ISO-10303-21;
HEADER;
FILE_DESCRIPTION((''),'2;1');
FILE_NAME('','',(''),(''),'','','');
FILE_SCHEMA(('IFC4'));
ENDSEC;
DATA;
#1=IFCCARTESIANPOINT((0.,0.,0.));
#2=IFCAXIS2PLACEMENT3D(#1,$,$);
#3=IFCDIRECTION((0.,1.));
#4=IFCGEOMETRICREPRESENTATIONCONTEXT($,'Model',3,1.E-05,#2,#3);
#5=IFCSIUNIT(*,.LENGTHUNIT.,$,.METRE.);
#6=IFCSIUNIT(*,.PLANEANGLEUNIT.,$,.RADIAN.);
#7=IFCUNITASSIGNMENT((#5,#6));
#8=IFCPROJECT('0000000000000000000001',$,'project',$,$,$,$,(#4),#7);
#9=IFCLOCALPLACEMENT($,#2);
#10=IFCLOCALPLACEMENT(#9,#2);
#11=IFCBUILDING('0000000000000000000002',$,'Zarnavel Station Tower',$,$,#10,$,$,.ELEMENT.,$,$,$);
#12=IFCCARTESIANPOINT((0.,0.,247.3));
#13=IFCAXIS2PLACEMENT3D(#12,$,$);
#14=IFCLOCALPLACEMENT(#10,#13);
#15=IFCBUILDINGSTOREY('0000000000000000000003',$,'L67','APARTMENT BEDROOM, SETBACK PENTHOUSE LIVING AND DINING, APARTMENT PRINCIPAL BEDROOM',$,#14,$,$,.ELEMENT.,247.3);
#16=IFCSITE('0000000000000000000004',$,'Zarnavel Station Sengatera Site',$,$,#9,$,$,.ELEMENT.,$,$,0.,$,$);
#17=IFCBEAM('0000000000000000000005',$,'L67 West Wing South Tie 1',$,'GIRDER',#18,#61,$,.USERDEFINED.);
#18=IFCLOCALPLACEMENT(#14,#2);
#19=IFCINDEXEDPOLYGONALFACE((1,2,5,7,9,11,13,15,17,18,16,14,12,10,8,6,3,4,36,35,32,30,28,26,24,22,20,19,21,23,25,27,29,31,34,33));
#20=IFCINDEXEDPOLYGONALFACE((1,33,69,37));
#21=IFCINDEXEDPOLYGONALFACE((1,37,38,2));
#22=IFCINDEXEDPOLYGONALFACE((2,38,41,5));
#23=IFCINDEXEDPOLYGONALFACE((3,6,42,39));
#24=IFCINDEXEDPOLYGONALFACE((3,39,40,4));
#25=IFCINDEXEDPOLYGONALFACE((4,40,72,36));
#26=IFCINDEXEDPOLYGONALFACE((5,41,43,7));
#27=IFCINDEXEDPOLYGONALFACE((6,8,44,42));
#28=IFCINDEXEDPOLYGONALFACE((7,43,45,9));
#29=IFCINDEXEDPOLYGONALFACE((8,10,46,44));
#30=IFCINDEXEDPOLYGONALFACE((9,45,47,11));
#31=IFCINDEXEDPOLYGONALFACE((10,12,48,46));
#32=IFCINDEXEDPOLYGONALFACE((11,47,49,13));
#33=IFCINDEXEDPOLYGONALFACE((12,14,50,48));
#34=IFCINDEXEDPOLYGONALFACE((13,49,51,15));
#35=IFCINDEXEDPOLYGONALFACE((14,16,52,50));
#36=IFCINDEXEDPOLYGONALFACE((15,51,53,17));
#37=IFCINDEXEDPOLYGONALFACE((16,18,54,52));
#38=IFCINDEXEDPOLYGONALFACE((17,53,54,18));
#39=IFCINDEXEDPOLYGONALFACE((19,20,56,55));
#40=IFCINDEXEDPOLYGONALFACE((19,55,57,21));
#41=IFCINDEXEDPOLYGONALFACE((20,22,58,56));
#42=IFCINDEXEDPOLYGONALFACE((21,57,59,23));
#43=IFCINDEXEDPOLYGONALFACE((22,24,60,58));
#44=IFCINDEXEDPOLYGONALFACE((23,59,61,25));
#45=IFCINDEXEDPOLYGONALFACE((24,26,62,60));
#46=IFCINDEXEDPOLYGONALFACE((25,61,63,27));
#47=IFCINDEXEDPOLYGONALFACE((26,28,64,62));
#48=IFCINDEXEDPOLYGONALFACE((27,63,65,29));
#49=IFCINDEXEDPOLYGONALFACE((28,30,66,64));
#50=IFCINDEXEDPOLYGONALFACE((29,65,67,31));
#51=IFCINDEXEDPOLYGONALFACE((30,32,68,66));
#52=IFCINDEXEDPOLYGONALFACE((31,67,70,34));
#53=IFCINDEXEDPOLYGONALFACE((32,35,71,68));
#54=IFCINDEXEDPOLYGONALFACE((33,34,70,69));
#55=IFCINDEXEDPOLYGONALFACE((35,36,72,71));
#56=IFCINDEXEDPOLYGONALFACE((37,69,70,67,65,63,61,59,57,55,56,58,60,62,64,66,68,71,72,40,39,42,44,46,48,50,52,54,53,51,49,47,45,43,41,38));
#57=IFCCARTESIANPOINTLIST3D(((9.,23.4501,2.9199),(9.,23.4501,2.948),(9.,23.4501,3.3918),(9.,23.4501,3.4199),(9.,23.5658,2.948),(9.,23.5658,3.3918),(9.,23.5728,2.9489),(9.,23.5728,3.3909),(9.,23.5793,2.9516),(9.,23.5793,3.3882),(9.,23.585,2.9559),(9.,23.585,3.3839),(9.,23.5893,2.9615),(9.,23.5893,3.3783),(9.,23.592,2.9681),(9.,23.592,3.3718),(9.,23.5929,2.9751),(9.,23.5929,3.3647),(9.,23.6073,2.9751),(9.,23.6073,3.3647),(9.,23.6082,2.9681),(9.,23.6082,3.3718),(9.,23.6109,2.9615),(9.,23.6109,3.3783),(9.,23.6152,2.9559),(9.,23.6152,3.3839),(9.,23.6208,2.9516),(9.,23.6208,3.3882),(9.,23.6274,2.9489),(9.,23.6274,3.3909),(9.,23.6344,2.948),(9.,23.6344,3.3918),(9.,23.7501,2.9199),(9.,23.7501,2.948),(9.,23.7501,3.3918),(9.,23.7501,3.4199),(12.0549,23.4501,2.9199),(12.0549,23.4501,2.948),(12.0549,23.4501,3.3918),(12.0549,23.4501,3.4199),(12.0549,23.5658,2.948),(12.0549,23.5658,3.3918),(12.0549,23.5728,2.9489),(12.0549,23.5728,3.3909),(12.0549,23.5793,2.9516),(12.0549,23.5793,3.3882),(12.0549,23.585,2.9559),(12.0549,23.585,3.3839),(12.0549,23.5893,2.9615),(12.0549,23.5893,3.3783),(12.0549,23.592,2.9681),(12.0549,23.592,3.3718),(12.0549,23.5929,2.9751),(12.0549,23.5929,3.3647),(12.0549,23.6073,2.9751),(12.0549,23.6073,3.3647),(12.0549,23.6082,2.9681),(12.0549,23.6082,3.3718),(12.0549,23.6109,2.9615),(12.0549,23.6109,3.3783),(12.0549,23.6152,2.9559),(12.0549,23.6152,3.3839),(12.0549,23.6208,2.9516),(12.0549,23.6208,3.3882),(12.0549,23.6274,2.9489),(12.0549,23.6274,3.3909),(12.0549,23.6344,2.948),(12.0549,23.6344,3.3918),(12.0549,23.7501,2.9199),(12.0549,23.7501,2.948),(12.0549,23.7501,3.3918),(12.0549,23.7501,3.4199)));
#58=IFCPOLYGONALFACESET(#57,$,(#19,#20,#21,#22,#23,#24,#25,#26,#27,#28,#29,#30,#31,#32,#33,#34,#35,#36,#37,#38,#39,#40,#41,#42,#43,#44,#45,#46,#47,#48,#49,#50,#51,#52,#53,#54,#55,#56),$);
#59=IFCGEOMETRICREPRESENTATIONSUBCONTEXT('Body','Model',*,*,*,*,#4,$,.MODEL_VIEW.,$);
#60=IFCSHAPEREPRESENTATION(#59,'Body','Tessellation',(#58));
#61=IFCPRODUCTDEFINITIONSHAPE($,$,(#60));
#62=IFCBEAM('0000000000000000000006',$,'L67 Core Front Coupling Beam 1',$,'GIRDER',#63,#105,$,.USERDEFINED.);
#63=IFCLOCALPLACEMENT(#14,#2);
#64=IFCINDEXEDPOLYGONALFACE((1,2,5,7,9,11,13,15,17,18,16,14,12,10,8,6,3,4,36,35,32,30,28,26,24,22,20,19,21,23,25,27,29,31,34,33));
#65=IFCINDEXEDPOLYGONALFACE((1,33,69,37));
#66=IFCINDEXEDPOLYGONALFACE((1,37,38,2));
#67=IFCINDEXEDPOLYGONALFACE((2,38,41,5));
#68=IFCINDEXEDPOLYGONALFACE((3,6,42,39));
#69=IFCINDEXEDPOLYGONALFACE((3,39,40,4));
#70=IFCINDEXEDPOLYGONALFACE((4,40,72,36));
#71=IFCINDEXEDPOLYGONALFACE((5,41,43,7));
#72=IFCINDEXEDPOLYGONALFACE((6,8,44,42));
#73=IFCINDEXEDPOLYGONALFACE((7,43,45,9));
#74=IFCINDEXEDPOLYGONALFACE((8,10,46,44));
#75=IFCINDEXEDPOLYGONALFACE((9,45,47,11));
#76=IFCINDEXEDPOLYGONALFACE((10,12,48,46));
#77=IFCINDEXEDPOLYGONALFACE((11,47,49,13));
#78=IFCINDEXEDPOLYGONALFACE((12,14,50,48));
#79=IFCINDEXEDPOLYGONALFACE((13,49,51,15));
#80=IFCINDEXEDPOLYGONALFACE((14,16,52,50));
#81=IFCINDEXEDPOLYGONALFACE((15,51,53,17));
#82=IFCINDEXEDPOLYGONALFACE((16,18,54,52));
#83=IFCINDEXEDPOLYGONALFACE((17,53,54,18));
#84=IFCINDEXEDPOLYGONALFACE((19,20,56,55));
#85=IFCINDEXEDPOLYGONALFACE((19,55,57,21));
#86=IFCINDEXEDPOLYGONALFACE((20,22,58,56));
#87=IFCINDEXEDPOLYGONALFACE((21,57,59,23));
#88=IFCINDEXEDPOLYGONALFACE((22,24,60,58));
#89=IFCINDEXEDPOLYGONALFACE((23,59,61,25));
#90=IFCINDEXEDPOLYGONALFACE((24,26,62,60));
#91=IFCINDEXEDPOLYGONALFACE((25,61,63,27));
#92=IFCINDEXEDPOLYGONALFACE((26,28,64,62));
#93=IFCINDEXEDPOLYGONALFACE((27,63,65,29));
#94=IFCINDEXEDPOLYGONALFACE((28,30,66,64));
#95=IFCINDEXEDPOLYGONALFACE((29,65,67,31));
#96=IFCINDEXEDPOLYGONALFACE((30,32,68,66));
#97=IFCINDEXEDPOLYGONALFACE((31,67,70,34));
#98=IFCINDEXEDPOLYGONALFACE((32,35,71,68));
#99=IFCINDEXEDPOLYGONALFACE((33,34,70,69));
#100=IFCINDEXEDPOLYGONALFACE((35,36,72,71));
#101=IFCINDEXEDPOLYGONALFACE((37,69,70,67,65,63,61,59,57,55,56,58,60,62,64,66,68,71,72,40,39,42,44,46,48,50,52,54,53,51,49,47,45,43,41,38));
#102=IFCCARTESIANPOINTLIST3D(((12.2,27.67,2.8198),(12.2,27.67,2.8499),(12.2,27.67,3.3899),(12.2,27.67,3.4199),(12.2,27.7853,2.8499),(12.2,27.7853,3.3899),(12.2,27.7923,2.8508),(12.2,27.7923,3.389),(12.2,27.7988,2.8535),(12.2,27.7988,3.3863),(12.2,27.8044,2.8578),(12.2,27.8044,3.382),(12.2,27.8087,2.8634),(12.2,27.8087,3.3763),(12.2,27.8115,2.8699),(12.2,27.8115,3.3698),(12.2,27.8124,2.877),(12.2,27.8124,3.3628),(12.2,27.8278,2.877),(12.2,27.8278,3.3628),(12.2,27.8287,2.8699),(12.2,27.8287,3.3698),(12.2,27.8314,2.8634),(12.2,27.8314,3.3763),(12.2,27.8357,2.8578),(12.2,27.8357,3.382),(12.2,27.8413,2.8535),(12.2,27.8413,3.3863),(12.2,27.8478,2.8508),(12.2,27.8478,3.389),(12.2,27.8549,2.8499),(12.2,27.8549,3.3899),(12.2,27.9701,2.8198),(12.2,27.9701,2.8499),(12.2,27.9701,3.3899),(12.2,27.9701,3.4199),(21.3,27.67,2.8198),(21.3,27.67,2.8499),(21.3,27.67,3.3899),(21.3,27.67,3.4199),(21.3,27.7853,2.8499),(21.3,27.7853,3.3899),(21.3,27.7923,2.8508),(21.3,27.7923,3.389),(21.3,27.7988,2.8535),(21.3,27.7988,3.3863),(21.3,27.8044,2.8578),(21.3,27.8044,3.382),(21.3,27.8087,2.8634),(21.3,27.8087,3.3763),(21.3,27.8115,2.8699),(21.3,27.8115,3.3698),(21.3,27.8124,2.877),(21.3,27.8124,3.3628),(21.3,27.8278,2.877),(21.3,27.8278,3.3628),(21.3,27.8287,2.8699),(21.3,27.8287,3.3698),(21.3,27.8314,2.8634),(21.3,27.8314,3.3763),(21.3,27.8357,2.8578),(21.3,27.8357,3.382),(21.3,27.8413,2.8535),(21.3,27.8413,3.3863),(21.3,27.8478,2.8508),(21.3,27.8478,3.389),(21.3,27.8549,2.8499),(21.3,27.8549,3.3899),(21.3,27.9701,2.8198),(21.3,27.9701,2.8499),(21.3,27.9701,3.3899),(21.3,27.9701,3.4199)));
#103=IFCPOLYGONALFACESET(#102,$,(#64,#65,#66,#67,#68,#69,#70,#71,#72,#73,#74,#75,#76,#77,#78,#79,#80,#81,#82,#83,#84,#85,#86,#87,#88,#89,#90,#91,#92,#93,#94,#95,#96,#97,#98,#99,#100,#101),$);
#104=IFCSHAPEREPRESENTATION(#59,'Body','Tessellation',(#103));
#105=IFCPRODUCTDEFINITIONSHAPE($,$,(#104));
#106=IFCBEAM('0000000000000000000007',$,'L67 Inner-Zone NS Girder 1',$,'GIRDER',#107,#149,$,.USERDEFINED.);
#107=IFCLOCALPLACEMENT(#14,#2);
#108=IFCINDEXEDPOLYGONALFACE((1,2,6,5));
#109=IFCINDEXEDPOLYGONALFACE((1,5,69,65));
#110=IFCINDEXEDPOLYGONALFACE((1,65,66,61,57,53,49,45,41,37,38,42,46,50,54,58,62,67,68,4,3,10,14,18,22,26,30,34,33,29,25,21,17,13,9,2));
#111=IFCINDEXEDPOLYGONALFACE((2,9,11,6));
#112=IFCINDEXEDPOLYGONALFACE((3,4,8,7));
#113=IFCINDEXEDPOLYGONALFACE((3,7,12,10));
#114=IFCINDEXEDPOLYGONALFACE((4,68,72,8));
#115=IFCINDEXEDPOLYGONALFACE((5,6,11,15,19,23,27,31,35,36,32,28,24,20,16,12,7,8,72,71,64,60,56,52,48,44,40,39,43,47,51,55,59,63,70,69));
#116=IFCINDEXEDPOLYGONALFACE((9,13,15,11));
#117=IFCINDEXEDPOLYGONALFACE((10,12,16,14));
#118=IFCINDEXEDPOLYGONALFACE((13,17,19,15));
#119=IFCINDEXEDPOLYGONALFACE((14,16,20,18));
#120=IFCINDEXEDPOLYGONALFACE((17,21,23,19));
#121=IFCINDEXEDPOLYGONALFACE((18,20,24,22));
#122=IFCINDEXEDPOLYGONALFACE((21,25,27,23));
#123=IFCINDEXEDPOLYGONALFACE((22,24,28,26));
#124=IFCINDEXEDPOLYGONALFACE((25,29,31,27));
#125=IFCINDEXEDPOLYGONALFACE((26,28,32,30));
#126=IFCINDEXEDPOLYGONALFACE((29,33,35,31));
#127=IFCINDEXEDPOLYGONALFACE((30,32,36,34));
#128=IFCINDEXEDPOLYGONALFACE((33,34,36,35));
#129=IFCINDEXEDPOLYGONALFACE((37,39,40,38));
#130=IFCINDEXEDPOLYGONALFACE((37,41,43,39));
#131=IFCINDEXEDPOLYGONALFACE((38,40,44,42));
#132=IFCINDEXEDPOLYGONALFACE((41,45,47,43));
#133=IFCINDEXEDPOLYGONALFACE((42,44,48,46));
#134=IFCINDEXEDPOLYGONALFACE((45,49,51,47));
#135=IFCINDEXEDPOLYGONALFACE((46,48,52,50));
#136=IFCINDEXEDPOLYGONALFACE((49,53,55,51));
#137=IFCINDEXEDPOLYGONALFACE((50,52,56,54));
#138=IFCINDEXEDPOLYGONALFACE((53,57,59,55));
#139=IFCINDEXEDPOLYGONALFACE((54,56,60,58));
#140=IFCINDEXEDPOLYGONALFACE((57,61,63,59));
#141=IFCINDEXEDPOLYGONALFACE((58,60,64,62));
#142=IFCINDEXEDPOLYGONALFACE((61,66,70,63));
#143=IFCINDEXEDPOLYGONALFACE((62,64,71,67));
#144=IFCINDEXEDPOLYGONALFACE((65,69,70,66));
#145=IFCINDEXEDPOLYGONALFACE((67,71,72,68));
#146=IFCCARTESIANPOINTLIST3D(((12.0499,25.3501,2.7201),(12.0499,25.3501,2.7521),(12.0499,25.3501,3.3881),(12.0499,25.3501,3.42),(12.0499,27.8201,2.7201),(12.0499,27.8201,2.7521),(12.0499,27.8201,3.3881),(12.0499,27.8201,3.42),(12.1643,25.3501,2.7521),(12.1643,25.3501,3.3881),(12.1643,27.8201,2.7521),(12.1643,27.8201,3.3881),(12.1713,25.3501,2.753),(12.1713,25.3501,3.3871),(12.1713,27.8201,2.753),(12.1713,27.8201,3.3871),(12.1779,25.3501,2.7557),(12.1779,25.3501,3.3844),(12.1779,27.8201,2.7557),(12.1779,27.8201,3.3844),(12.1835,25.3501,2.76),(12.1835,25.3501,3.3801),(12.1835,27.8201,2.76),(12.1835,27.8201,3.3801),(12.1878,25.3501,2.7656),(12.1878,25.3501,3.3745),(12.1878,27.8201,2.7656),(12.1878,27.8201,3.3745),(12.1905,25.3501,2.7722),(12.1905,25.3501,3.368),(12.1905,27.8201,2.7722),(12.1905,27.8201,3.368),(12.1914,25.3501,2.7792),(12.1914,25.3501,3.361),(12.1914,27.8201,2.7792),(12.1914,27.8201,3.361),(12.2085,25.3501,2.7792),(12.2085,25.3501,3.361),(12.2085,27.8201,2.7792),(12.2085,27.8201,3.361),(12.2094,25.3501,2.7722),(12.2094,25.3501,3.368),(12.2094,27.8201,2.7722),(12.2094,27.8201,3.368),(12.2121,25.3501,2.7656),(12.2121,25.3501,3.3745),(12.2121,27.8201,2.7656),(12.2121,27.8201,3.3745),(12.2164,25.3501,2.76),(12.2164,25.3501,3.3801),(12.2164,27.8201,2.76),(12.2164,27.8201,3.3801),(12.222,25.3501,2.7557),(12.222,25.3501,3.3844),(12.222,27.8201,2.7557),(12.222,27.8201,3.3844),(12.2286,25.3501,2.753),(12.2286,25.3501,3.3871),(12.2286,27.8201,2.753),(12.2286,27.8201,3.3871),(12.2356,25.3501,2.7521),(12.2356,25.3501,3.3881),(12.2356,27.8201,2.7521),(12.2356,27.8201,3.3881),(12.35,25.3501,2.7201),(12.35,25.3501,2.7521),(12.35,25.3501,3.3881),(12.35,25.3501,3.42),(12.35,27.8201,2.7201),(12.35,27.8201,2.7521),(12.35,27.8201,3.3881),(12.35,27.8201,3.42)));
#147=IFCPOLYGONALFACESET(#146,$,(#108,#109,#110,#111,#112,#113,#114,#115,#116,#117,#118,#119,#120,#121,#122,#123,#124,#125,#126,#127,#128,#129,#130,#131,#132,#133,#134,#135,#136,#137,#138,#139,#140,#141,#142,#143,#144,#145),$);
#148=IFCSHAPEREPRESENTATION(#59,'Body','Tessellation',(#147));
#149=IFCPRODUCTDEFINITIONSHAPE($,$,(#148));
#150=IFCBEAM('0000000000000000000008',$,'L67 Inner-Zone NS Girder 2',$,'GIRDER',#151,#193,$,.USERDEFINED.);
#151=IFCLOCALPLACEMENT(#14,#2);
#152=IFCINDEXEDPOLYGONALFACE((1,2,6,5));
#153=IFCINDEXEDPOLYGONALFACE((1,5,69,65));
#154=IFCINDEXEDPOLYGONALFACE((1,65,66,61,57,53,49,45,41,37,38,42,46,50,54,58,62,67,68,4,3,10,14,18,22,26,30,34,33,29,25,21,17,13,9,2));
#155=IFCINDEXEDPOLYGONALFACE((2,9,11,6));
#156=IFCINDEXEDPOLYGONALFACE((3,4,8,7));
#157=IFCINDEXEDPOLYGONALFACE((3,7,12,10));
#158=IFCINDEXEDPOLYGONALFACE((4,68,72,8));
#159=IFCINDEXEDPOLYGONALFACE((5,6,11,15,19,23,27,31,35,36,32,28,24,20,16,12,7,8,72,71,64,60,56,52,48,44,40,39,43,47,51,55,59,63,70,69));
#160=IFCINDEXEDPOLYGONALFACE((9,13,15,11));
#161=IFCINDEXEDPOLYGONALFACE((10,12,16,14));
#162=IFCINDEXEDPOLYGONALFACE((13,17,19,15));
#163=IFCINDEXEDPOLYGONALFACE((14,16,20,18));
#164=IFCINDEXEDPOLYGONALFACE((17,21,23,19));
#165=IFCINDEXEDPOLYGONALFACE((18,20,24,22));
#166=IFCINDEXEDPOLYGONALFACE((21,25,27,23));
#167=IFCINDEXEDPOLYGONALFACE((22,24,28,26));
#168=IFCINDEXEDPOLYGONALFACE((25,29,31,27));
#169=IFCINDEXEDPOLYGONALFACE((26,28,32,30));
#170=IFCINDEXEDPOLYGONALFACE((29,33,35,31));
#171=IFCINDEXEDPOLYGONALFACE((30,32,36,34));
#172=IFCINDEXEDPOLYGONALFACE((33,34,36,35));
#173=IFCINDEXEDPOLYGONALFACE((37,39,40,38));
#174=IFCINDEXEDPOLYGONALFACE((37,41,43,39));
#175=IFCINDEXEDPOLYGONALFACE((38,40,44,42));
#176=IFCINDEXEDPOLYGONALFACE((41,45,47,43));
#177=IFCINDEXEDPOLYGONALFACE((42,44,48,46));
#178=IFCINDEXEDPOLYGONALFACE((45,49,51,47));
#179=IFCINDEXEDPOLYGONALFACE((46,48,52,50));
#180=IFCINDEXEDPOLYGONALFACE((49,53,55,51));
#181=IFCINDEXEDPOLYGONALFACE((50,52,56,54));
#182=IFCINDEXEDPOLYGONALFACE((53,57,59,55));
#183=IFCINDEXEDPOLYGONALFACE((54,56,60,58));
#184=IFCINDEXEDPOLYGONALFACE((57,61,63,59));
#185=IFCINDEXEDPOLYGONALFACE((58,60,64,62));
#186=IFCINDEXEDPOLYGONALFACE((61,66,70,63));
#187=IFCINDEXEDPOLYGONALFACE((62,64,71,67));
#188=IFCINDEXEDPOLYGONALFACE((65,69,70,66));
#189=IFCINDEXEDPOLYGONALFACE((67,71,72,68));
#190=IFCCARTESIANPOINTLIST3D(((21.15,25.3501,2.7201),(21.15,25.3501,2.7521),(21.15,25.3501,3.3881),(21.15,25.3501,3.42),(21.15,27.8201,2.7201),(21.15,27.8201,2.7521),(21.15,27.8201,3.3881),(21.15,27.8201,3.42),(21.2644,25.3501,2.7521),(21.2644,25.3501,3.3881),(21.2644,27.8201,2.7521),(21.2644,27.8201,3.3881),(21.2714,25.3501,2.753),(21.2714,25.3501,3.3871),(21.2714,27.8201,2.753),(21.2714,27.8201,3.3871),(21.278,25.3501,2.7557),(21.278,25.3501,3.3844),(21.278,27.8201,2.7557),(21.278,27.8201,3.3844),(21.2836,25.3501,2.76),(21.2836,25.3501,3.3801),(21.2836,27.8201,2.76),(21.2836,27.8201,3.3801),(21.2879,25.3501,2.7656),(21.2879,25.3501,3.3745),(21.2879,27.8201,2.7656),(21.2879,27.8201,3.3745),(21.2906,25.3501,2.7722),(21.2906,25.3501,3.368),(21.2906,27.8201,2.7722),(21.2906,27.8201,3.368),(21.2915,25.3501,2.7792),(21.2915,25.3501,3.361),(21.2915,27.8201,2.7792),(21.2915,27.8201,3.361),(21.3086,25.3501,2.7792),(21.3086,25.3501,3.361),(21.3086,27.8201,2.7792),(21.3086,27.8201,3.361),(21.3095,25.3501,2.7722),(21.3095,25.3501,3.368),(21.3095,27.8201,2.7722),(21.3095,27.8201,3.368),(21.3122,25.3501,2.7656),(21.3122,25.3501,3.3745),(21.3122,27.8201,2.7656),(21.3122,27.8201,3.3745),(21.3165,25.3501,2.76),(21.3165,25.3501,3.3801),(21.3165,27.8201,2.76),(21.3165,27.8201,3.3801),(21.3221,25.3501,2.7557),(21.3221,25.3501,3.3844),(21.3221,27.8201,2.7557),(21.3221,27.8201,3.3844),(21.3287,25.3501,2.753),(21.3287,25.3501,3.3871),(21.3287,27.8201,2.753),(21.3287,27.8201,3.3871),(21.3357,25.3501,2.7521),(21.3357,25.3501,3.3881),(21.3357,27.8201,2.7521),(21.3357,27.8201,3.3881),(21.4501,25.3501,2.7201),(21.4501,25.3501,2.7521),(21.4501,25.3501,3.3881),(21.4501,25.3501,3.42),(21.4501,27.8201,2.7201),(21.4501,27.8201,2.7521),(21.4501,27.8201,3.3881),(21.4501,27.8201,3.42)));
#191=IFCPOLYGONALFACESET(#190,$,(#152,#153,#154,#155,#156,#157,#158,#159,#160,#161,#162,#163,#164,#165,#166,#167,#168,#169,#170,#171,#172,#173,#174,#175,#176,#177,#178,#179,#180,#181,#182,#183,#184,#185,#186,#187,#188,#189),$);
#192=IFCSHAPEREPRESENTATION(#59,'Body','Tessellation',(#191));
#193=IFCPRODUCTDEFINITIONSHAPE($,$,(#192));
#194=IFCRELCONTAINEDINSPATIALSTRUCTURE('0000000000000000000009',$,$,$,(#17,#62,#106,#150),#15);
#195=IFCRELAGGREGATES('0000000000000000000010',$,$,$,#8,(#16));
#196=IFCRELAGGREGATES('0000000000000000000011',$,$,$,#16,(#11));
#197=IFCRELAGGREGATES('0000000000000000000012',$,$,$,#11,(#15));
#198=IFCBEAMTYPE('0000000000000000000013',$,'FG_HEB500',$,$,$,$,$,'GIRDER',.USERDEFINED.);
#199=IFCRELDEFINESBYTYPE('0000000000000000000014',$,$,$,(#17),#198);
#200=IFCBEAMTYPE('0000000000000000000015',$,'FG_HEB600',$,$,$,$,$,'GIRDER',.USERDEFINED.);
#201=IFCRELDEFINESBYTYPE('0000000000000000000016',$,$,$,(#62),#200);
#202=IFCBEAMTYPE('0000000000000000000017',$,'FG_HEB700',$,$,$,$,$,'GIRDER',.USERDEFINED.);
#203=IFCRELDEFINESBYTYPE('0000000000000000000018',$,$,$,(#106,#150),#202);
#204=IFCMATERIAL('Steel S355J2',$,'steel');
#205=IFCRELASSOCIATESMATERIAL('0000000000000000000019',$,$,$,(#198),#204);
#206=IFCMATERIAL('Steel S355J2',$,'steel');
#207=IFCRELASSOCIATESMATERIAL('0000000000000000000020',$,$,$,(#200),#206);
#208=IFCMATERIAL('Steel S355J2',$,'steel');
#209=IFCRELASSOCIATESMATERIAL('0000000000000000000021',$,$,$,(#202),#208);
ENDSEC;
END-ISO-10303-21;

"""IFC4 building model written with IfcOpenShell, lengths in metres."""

from ifc_helpers import new_model, si_unit, direction, frame, origin, origin_2d, place, context, subcontext, project, spatial, i_section, extrude, material, material_profile, profile_set, type_object, element, save


model = new_model("IFC4")

# Units and contexts
model_context = context("Model", 3, precision=1e-05, world=origin(), true_north=direction((0.0, 1.0)))
body_context = subcontext(model_context, "Body", "Model", "MODEL_VIEW")
ifc_project = project(units=[si_unit("LENGTHUNIT", "METRE"), si_unit("PLANEANGLEUNIT", "RADIAN")], contexts=[model_context])

# Site, building, storey
site_placement = place(None, origin())
site = spatial("IfcSite", under=ifc_project, at=site_placement, Name="Zarnavel Station Sengatera Site", CompositionType="ELEMENT", RefElevation=0.0)
building_placement = place(site_placement, origin())
building = spatial("IfcBuilding", under=site, at=building_placement, Name="Zarnavel Station Tower", CompositionType="ELEMENT")
storey_placement = place(building_placement, frame((0.0, 0.0, 247.3)))
storey = spatial("IfcBuildingStorey", under=building, at=storey_placement, Name="L67", Description="APARTMENT BEDROOM, SETBACK PENTHOUSE LIVING AND DINING, APARTMENT PRINCIPAL BEDROOM", CompositionType="ELEMENT", Elevation=247.3)

# Beams
ifc_material_1 = material(Name="Steel S355J2", Category="steel")
ifc_material_profile_1 = material_profile(ifc_material_1, i_section(OverallWidth=0.3, OverallDepth=0.5, WebThickness=0.0144, FlangeThickness=0.0281, FilletRadius=0.0271, at=origin_2d()), Name="HEB500")
ifc_profile_set_1 = profile_set([ifc_material_profile_1], Name="Steel S355J2")
beam_type_1 = type_object("IfcBeamType", Name="FG_HEB500", ElementType="GIRDER", PredefinedType="USERDEFINED", material=ifc_profile_set_1)
beam_1_placement = place(storey_placement, frame((9.0, 23.6001, 3.1699), z_axis=(1.0, 0.0, 0.0), x_axis=(0.0, 1.0, 0.0)))
element("IfcBeam", 1, at=beam_1_placement, inside=storey, type_object=beam_type_1, Name="L67 West Wing South Tie 1", ObjectType="GIRDER", PredefinedType="USERDEFINED", context=body_context, shape_type="SweptSolid", body=[
    extrude(i_section(OverallWidth=0.3, OverallDepth=0.5, WebThickness=0.0144, FlangeThickness=0.0281, FilletRadius=0.0271, at=origin_2d()), origin(), (0.0, 0.0, 1.0), 3.0549),
])
ifc_material_2 = material(Name="Steel S355J2", Category="steel")
ifc_material_profile_2 = material_profile(ifc_material_2, i_section(OverallWidth=0.3, OverallDepth=0.6001, WebThickness=0.0154, FlangeThickness=0.03, FilletRadius=0.0271, at=origin_2d()), Name="HEB600")
ifc_profile_set_2 = profile_set([ifc_material_profile_2], Name="Steel S355J2")
beam_type_2 = type_object("IfcBeamType", Name="FG_HEB600", ElementType="GIRDER", PredefinedType="USERDEFINED", material=ifc_profile_set_2)
beam_2_placement = place(storey_placement, frame((12.2, 27.8201, 3.1199), z_axis=(1.0, 0.0, 0.0), x_axis=(0.0, 1.0, 0.0)))
element("IfcBeam", 2, at=beam_2_placement, inside=storey, type_object=beam_type_2, Name="L67 Core Front Coupling Beam 1", ObjectType="GIRDER", PredefinedType="USERDEFINED", context=body_context, shape_type="SweptSolid", body=[
    extrude(i_section(OverallWidth=0.3, OverallDepth=0.6001, WebThickness=0.0154, FlangeThickness=0.03, FilletRadius=0.0271, at=origin_2d()), origin(), (0.0, 0.0, 1.0), 9.1001),
])
ifc_material_3 = material(Name="Steel S355J2", Category="steel")
ifc_material_profile_3 = material_profile(ifc_material_3, i_section(OverallWidth=0.3, OverallDepth=0.7, WebThickness=0.0171, FlangeThickness=0.032, FilletRadius=0.0271, at=origin_2d()), Name="HEB700")
ifc_profile_set_3 = profile_set([ifc_material_profile_3], Name="Steel S355J2")
beam_type_3 = type_object("IfcBeamType", Name="FG_HEB700", ElementType="GIRDER", PredefinedType="USERDEFINED", material=ifc_profile_set_3)
for number, where, z_axis, x_axis, name in (
    (3, (12.2, 25.3501, 3.0701), (0.0, 1.0, 0.0), (-1.0, 0.0, 0.0), "L67 Inner-Zone NS Girder 1"),
    (4, (21.3, 25.3501, 3.0701), (0.0, 1.0, 0.0), (-1.0, 0.0, 0.0), "L67 Inner-Zone NS Girder 2"),
):
    element("IfcBeam", number, at=place(storey_placement, frame(where, z_axis=z_axis, x_axis=x_axis)), inside=storey, type_object=beam_type_3, Name=name, ObjectType="GIRDER", PredefinedType="USERDEFINED", context=body_context, shape_type="SweptSolid", body=[
        extrude(i_section(OverallWidth=0.3, OverallDepth=0.7, WebThickness=0.0171, FlangeThickness=0.032, FilletRadius=0.0271, at=origin_2d()), origin(), (0.0, 0.0, 1.0), 2.47),
    ])

save(model, "model.ifc")
